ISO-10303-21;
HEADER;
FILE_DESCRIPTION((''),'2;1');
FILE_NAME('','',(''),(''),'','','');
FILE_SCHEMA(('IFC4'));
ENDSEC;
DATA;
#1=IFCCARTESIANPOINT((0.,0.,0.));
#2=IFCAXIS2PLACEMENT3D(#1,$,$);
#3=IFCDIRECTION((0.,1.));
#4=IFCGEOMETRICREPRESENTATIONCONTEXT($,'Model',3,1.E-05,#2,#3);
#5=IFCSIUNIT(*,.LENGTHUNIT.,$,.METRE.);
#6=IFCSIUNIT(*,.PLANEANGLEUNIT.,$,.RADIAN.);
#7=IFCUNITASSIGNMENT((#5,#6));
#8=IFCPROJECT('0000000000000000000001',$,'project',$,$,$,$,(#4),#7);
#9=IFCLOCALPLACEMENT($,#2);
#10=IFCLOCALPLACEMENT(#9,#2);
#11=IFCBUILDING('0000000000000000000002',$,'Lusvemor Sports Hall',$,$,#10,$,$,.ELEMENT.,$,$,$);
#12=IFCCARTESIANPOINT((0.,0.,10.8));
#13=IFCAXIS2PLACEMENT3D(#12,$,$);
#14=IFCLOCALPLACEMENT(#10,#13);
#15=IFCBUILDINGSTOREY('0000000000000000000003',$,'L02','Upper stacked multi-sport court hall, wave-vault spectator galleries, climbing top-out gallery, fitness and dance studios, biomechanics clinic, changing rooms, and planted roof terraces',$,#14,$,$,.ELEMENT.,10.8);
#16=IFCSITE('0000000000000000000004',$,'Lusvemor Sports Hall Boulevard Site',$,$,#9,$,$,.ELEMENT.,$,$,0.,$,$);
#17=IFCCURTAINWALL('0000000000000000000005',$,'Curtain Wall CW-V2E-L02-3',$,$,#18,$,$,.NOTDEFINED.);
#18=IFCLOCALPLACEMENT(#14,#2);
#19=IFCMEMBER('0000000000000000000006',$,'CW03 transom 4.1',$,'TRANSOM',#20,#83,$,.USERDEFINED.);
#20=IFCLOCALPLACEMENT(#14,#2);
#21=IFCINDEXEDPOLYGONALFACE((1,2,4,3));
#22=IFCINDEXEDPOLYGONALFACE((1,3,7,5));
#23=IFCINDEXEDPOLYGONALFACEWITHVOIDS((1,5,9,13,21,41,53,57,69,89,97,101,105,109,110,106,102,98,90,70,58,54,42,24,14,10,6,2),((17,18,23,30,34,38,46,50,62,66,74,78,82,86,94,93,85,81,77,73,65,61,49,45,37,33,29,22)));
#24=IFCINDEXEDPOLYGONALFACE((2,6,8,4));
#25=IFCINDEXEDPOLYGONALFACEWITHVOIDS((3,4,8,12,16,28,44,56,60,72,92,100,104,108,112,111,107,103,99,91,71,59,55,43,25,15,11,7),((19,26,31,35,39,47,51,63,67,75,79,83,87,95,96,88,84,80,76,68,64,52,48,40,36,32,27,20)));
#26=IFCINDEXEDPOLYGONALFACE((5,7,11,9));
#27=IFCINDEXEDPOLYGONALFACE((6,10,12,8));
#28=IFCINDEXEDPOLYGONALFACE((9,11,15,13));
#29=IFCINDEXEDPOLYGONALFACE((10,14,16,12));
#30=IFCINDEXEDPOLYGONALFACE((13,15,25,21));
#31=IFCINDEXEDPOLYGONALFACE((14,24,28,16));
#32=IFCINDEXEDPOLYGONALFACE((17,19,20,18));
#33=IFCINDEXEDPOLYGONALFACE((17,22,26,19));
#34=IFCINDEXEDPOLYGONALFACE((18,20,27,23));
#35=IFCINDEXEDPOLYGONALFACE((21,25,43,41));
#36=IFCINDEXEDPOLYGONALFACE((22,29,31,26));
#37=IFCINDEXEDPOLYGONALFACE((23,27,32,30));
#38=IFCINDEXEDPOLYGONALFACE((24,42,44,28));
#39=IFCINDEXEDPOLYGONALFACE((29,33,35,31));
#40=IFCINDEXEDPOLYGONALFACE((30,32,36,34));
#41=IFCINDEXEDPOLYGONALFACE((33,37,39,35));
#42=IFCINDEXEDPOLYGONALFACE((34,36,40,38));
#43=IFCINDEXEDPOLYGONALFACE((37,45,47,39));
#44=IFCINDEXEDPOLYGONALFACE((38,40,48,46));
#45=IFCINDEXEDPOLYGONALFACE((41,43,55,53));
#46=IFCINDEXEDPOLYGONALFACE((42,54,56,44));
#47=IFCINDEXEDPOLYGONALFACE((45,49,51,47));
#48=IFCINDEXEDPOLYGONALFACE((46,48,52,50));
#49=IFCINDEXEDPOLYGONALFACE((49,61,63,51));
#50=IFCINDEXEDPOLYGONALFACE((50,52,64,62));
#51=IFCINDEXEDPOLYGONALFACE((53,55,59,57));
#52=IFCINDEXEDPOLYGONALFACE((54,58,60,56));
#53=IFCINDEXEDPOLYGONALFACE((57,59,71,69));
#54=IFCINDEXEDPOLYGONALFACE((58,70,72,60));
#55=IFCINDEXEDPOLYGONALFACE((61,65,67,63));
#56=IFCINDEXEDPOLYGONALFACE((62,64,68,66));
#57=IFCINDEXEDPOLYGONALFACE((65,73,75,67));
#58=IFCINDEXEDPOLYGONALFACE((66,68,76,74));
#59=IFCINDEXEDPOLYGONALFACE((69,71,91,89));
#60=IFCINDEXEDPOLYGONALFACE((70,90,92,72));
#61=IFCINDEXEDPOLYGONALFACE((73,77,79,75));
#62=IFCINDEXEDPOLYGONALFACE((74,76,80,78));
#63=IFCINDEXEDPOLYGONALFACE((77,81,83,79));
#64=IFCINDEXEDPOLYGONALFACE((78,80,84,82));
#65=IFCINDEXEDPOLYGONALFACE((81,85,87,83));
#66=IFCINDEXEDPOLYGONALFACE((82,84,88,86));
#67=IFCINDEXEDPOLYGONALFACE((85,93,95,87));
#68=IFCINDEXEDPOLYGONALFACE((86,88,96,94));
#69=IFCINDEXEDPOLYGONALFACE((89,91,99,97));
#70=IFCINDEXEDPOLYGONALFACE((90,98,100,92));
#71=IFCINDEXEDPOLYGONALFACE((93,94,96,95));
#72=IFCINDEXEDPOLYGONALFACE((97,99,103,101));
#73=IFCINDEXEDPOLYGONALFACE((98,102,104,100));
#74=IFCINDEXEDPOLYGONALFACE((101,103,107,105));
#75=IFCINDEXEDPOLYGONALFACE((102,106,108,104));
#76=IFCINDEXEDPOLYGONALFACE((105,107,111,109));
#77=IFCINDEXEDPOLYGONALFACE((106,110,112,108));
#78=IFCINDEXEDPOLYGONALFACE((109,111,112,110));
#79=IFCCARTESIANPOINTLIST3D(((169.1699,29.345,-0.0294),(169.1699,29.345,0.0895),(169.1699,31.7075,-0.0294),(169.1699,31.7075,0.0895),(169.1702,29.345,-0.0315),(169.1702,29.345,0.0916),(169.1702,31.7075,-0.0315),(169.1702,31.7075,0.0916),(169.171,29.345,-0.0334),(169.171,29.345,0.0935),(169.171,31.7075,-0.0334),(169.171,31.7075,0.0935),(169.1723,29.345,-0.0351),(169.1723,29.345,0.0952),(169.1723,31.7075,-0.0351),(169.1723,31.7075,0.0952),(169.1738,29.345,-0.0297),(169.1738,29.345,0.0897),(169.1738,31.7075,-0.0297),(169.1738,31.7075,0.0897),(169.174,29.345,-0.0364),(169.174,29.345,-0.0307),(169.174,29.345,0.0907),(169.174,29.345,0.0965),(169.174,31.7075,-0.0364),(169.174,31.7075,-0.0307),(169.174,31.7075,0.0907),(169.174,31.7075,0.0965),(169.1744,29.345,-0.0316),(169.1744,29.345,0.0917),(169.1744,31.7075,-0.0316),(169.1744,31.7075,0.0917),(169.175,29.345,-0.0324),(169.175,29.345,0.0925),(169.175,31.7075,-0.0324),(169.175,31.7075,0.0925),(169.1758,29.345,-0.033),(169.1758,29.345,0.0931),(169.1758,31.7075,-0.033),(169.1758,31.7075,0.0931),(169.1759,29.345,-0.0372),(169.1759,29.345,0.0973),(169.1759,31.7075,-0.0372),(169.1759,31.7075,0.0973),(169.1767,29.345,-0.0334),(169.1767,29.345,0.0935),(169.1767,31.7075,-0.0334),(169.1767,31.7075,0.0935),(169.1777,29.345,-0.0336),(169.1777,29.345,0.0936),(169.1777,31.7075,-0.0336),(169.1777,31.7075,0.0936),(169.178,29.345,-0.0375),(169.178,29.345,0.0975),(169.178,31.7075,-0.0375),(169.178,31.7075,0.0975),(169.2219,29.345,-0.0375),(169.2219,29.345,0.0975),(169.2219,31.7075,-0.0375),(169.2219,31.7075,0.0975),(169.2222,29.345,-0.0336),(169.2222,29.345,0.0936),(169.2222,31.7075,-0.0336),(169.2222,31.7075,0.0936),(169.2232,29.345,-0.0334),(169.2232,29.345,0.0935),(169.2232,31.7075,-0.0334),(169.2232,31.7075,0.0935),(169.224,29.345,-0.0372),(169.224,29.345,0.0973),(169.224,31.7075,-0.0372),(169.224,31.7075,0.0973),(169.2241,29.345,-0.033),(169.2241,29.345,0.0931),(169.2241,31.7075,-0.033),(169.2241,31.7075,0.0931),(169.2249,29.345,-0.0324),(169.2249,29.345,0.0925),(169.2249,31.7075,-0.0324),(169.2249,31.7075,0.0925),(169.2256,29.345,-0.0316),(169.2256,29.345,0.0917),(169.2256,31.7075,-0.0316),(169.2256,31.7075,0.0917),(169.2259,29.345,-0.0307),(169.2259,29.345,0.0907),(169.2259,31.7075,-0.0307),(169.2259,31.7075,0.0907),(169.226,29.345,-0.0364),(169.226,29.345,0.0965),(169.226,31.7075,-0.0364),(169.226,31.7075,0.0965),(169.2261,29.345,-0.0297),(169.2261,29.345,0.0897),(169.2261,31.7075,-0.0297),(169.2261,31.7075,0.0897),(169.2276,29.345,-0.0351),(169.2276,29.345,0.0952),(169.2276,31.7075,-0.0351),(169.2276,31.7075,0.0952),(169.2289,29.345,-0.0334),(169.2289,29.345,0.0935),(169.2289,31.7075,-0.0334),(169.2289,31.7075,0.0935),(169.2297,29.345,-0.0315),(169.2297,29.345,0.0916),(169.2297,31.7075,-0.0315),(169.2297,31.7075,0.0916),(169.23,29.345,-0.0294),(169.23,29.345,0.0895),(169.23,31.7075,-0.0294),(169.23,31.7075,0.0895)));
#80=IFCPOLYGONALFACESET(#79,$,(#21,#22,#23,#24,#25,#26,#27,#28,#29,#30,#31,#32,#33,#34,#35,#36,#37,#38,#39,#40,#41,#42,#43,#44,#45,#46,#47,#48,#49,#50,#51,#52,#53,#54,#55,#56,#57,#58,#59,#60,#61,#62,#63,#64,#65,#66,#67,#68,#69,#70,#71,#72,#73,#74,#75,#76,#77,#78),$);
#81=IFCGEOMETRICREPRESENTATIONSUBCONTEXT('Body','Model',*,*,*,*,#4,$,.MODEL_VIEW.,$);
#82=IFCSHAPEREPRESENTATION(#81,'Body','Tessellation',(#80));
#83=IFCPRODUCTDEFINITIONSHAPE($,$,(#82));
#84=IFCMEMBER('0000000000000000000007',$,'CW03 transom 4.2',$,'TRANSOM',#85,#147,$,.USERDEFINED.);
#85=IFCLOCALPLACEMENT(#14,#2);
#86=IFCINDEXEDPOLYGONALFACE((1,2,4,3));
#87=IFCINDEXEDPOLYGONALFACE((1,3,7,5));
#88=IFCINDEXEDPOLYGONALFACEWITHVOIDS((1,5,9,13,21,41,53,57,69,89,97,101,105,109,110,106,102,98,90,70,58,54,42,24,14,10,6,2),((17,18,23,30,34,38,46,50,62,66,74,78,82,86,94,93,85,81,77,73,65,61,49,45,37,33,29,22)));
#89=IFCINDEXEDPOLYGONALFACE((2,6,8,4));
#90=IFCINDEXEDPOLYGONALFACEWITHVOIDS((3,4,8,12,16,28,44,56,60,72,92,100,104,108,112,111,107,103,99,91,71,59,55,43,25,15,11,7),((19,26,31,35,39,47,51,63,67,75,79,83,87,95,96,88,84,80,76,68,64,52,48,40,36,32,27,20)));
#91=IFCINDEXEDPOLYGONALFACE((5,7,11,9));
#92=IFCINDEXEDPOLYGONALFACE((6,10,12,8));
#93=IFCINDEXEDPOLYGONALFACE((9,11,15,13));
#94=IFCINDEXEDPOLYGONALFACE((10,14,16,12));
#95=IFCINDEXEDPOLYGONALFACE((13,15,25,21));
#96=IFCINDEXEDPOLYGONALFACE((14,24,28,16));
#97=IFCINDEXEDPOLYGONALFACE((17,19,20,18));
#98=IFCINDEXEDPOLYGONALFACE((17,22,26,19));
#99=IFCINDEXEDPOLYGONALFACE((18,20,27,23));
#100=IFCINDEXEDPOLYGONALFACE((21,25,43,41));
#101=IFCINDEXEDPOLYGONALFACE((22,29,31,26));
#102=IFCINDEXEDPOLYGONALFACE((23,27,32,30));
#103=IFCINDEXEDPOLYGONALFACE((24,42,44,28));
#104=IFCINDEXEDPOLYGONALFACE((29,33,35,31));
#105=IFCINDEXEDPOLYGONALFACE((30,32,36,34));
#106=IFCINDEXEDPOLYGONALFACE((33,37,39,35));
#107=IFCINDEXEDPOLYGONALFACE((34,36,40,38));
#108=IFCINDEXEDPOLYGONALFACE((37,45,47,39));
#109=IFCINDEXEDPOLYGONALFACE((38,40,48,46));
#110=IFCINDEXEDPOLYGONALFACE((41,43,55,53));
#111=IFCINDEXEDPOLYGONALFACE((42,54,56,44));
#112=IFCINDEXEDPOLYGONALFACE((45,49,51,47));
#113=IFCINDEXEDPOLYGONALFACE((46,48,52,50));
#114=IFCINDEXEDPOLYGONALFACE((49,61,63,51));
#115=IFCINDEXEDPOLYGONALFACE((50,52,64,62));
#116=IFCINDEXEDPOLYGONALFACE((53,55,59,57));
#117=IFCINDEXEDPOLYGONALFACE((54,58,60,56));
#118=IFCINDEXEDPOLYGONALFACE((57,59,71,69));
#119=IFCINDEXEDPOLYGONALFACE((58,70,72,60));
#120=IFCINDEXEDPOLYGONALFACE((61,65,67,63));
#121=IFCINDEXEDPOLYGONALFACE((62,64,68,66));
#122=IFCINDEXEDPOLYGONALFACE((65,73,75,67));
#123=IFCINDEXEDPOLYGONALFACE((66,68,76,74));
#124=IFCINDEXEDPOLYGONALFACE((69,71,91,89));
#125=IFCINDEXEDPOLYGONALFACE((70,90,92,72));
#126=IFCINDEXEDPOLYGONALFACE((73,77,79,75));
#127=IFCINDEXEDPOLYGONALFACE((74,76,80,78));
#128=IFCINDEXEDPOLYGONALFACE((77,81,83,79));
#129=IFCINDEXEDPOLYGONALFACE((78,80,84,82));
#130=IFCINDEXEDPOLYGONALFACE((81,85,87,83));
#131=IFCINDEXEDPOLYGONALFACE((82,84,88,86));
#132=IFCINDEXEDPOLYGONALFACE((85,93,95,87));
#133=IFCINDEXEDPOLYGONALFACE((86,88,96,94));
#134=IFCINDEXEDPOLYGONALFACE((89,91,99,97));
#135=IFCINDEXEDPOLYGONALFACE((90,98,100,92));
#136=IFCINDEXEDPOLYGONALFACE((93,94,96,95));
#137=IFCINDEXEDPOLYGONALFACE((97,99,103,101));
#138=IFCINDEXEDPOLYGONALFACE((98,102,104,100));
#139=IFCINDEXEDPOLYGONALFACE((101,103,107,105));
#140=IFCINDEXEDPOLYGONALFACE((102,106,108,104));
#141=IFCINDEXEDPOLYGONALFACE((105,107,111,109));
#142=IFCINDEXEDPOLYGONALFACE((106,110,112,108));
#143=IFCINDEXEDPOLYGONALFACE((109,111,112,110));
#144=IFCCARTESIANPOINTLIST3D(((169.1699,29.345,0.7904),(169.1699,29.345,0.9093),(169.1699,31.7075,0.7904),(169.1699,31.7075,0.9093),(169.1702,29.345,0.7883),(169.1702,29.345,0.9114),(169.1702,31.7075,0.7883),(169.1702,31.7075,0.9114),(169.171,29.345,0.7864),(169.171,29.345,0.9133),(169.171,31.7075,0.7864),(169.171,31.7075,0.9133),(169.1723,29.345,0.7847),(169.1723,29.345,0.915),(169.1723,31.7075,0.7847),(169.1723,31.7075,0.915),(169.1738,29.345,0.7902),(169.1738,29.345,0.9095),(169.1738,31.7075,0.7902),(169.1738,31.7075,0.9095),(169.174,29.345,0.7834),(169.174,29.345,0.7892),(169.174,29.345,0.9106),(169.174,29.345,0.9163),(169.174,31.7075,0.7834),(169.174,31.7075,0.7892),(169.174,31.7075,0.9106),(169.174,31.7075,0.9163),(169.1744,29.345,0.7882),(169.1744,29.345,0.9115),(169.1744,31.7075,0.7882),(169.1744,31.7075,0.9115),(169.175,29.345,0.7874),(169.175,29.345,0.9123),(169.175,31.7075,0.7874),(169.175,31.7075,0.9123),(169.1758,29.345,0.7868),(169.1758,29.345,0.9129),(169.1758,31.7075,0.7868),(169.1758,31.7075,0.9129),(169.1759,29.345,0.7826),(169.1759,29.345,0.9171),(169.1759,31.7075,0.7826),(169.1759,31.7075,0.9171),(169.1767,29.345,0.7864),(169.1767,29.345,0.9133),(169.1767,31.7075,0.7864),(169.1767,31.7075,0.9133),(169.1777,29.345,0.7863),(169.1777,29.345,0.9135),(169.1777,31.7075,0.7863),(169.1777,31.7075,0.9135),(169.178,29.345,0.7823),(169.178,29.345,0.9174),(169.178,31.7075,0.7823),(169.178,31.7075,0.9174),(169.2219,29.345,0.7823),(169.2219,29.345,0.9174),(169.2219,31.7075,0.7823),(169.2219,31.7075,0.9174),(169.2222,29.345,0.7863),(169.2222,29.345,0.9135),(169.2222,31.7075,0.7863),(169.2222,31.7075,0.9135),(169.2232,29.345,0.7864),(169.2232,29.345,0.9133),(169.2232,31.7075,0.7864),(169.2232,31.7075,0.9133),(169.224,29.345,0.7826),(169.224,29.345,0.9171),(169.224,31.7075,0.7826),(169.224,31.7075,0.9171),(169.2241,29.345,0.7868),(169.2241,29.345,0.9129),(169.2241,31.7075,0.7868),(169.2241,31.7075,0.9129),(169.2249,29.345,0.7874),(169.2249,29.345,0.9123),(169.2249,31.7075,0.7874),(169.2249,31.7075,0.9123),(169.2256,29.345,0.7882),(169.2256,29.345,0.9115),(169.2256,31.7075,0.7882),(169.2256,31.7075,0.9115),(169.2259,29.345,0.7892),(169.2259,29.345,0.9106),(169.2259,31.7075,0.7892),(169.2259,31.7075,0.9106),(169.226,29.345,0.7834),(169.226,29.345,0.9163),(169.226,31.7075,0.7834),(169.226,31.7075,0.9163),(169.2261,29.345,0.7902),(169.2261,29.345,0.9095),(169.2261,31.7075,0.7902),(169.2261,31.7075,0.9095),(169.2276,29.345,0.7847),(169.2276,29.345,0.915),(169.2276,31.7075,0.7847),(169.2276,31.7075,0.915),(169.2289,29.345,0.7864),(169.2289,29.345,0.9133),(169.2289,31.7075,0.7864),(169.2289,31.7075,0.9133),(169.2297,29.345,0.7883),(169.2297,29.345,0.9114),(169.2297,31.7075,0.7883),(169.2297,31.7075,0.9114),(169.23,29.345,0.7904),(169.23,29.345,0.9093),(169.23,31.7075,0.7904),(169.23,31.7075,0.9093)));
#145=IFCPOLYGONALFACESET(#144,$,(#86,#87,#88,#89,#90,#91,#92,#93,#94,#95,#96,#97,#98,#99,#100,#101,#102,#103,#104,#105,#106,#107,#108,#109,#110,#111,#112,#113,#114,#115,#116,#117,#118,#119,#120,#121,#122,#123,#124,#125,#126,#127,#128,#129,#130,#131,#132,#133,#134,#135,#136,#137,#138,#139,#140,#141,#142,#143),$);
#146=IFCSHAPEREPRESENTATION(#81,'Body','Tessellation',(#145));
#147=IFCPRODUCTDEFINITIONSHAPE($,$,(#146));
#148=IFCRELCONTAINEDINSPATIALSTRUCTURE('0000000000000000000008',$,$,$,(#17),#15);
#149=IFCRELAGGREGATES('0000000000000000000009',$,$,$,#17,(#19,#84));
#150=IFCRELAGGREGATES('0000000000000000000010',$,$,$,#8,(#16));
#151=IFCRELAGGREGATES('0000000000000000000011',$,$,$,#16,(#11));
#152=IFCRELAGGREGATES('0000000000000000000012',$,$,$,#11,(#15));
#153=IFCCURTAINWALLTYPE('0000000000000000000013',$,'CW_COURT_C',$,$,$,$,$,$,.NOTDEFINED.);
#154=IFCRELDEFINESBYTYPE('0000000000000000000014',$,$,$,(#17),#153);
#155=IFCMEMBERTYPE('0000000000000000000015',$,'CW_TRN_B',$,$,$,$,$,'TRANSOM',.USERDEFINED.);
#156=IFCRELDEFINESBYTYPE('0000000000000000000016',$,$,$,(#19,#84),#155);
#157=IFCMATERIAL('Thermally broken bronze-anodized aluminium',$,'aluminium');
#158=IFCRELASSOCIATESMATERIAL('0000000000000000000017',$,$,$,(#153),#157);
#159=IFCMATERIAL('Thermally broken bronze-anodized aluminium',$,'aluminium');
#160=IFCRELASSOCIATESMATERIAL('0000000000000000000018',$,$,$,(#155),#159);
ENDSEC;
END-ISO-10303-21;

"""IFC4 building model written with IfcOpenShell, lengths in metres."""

from ifc_helpers import new_model, si_unit, direction, frame, origin, origin_2d, place, context, subcontext, project, spatial, hollow_rectangle, extrude, material, material_profile, profile_set, type_object, element, aggregate, save


model = new_model("IFC4")

# Units and contexts
model_context = context("Model", 3, precision=1e-05, world=origin(), true_north=direction((0.0, 1.0)))
body_context = subcontext(model_context, "Body", "Model", "MODEL_VIEW")
ifc_project = project(units=[si_unit("LENGTHUNIT", "METRE"), si_unit("PLANEANGLEUNIT", "RADIAN")], contexts=[model_context])

# Site, building, storey
site_placement = place(None, origin())
site = spatial("IfcSite", under=ifc_project, at=site_placement, Name="Lusvemor Sports Hall Boulevard Site", CompositionType="ELEMENT", RefElevation=0.0)
building_placement = place(site_placement, origin())
building = spatial("IfcBuilding", under=site, at=building_placement, Name="Lusvemor Sports Hall", CompositionType="ELEMENT")
storey_placement = place(building_placement, frame((0.0, 0.0, 10.8)))
storey = spatial("IfcBuildingStorey", under=building, at=storey_placement, Name="L02", Description="Upper stacked multi-sport court hall, wave-vault spectator galleries, climbing top-out gallery, fitness and dance studios, biomechanics clinic, changing rooms, and planted roof terraces", CompositionType="ELEMENT", Elevation=10.8)

# Curtain wall, members
ifc_material_1 = material(Name="Thermally broken bronze-anodized aluminium", Category="aluminium")
curtain_wall_type = type_object("IfcCurtainWallType", Name="CW_COURT_C", PredefinedType="NOTDEFINED", material=ifc_material_1)
curtain_wall_placement = place(storey_placement, origin())
curtain_wall = element("IfcCurtainWall", 1, at=curtain_wall_placement, inside=storey, type_object=curtain_wall_type, Name="Curtain Wall CW-V2E-L02-3", PredefinedType="NOTDEFINED")
ifc_material_2 = material(Name="Thermally broken bronze-anodized aluminium", Category="aluminium")
ifc_material_profile_1 = material_profile(ifc_material_2, hollow_rectangle(XDim=0.0601, YDim=0.135, WallThickness=0.0039, InnerFilletRadius=0.0039, OuterFilletRadius=0.0081, at=origin_2d()), Name="CWTRN135x60x4")
ifc_profile_set_1 = profile_set([ifc_material_profile_1], Name="Thermally broken bronze-anodized aluminium")
member_type_1 = type_object("IfcMemberType", Name="CW_TRN_B", ElementType="TRANSOM", PredefinedType="USERDEFINED", material=ifc_profile_set_1)
member_1_placement = place(storey_placement, frame((169.2, 31.7075, 0.03), z_axis=(0.0, -1.0, 0.0), x_axis=(1.0, 0.0, 0.0)))
member_1 = element("IfcMember", 2, at=member_1_placement, type_object=member_type_1, Name="CW03 transom 4.1", ObjectType="TRANSOM", PredefinedType="USERDEFINED", context=body_context, shape_type="SweptSolid", body=[
    extrude(hollow_rectangle(XDim=0.0601, YDim=0.135, WallThickness=0.0039, InnerFilletRadius=0.0039, OuterFilletRadius=0.0081, at=origin_2d()), origin(), (0.0, 0.0, 1.0), 2.3625),
])
member_2_placement = place(storey_placement, frame((169.2, 31.7075, 0.8499), z_axis=(0.0, -1.0, 0.0), x_axis=(1.0, 0.0, 0.0)))
member_2 = element("IfcMember", 3, at=member_2_placement, type_object=member_type_1, Name="CW03 transom 4.2", ObjectType="TRANSOM", PredefinedType="USERDEFINED", context=body_context, shape_type="SweptSolid", body=[
    extrude(hollow_rectangle(XDim=0.0601, YDim=0.135, WallThickness=0.0039, InnerFilletRadius=0.0039, OuterFilletRadius=0.0081, at=origin_2d()), origin(), (0.0, 0.0, 1.0), 2.3625),
])

aggregate(curtain_wall, [member_1, member_2])

save(model, "model.ifc")
